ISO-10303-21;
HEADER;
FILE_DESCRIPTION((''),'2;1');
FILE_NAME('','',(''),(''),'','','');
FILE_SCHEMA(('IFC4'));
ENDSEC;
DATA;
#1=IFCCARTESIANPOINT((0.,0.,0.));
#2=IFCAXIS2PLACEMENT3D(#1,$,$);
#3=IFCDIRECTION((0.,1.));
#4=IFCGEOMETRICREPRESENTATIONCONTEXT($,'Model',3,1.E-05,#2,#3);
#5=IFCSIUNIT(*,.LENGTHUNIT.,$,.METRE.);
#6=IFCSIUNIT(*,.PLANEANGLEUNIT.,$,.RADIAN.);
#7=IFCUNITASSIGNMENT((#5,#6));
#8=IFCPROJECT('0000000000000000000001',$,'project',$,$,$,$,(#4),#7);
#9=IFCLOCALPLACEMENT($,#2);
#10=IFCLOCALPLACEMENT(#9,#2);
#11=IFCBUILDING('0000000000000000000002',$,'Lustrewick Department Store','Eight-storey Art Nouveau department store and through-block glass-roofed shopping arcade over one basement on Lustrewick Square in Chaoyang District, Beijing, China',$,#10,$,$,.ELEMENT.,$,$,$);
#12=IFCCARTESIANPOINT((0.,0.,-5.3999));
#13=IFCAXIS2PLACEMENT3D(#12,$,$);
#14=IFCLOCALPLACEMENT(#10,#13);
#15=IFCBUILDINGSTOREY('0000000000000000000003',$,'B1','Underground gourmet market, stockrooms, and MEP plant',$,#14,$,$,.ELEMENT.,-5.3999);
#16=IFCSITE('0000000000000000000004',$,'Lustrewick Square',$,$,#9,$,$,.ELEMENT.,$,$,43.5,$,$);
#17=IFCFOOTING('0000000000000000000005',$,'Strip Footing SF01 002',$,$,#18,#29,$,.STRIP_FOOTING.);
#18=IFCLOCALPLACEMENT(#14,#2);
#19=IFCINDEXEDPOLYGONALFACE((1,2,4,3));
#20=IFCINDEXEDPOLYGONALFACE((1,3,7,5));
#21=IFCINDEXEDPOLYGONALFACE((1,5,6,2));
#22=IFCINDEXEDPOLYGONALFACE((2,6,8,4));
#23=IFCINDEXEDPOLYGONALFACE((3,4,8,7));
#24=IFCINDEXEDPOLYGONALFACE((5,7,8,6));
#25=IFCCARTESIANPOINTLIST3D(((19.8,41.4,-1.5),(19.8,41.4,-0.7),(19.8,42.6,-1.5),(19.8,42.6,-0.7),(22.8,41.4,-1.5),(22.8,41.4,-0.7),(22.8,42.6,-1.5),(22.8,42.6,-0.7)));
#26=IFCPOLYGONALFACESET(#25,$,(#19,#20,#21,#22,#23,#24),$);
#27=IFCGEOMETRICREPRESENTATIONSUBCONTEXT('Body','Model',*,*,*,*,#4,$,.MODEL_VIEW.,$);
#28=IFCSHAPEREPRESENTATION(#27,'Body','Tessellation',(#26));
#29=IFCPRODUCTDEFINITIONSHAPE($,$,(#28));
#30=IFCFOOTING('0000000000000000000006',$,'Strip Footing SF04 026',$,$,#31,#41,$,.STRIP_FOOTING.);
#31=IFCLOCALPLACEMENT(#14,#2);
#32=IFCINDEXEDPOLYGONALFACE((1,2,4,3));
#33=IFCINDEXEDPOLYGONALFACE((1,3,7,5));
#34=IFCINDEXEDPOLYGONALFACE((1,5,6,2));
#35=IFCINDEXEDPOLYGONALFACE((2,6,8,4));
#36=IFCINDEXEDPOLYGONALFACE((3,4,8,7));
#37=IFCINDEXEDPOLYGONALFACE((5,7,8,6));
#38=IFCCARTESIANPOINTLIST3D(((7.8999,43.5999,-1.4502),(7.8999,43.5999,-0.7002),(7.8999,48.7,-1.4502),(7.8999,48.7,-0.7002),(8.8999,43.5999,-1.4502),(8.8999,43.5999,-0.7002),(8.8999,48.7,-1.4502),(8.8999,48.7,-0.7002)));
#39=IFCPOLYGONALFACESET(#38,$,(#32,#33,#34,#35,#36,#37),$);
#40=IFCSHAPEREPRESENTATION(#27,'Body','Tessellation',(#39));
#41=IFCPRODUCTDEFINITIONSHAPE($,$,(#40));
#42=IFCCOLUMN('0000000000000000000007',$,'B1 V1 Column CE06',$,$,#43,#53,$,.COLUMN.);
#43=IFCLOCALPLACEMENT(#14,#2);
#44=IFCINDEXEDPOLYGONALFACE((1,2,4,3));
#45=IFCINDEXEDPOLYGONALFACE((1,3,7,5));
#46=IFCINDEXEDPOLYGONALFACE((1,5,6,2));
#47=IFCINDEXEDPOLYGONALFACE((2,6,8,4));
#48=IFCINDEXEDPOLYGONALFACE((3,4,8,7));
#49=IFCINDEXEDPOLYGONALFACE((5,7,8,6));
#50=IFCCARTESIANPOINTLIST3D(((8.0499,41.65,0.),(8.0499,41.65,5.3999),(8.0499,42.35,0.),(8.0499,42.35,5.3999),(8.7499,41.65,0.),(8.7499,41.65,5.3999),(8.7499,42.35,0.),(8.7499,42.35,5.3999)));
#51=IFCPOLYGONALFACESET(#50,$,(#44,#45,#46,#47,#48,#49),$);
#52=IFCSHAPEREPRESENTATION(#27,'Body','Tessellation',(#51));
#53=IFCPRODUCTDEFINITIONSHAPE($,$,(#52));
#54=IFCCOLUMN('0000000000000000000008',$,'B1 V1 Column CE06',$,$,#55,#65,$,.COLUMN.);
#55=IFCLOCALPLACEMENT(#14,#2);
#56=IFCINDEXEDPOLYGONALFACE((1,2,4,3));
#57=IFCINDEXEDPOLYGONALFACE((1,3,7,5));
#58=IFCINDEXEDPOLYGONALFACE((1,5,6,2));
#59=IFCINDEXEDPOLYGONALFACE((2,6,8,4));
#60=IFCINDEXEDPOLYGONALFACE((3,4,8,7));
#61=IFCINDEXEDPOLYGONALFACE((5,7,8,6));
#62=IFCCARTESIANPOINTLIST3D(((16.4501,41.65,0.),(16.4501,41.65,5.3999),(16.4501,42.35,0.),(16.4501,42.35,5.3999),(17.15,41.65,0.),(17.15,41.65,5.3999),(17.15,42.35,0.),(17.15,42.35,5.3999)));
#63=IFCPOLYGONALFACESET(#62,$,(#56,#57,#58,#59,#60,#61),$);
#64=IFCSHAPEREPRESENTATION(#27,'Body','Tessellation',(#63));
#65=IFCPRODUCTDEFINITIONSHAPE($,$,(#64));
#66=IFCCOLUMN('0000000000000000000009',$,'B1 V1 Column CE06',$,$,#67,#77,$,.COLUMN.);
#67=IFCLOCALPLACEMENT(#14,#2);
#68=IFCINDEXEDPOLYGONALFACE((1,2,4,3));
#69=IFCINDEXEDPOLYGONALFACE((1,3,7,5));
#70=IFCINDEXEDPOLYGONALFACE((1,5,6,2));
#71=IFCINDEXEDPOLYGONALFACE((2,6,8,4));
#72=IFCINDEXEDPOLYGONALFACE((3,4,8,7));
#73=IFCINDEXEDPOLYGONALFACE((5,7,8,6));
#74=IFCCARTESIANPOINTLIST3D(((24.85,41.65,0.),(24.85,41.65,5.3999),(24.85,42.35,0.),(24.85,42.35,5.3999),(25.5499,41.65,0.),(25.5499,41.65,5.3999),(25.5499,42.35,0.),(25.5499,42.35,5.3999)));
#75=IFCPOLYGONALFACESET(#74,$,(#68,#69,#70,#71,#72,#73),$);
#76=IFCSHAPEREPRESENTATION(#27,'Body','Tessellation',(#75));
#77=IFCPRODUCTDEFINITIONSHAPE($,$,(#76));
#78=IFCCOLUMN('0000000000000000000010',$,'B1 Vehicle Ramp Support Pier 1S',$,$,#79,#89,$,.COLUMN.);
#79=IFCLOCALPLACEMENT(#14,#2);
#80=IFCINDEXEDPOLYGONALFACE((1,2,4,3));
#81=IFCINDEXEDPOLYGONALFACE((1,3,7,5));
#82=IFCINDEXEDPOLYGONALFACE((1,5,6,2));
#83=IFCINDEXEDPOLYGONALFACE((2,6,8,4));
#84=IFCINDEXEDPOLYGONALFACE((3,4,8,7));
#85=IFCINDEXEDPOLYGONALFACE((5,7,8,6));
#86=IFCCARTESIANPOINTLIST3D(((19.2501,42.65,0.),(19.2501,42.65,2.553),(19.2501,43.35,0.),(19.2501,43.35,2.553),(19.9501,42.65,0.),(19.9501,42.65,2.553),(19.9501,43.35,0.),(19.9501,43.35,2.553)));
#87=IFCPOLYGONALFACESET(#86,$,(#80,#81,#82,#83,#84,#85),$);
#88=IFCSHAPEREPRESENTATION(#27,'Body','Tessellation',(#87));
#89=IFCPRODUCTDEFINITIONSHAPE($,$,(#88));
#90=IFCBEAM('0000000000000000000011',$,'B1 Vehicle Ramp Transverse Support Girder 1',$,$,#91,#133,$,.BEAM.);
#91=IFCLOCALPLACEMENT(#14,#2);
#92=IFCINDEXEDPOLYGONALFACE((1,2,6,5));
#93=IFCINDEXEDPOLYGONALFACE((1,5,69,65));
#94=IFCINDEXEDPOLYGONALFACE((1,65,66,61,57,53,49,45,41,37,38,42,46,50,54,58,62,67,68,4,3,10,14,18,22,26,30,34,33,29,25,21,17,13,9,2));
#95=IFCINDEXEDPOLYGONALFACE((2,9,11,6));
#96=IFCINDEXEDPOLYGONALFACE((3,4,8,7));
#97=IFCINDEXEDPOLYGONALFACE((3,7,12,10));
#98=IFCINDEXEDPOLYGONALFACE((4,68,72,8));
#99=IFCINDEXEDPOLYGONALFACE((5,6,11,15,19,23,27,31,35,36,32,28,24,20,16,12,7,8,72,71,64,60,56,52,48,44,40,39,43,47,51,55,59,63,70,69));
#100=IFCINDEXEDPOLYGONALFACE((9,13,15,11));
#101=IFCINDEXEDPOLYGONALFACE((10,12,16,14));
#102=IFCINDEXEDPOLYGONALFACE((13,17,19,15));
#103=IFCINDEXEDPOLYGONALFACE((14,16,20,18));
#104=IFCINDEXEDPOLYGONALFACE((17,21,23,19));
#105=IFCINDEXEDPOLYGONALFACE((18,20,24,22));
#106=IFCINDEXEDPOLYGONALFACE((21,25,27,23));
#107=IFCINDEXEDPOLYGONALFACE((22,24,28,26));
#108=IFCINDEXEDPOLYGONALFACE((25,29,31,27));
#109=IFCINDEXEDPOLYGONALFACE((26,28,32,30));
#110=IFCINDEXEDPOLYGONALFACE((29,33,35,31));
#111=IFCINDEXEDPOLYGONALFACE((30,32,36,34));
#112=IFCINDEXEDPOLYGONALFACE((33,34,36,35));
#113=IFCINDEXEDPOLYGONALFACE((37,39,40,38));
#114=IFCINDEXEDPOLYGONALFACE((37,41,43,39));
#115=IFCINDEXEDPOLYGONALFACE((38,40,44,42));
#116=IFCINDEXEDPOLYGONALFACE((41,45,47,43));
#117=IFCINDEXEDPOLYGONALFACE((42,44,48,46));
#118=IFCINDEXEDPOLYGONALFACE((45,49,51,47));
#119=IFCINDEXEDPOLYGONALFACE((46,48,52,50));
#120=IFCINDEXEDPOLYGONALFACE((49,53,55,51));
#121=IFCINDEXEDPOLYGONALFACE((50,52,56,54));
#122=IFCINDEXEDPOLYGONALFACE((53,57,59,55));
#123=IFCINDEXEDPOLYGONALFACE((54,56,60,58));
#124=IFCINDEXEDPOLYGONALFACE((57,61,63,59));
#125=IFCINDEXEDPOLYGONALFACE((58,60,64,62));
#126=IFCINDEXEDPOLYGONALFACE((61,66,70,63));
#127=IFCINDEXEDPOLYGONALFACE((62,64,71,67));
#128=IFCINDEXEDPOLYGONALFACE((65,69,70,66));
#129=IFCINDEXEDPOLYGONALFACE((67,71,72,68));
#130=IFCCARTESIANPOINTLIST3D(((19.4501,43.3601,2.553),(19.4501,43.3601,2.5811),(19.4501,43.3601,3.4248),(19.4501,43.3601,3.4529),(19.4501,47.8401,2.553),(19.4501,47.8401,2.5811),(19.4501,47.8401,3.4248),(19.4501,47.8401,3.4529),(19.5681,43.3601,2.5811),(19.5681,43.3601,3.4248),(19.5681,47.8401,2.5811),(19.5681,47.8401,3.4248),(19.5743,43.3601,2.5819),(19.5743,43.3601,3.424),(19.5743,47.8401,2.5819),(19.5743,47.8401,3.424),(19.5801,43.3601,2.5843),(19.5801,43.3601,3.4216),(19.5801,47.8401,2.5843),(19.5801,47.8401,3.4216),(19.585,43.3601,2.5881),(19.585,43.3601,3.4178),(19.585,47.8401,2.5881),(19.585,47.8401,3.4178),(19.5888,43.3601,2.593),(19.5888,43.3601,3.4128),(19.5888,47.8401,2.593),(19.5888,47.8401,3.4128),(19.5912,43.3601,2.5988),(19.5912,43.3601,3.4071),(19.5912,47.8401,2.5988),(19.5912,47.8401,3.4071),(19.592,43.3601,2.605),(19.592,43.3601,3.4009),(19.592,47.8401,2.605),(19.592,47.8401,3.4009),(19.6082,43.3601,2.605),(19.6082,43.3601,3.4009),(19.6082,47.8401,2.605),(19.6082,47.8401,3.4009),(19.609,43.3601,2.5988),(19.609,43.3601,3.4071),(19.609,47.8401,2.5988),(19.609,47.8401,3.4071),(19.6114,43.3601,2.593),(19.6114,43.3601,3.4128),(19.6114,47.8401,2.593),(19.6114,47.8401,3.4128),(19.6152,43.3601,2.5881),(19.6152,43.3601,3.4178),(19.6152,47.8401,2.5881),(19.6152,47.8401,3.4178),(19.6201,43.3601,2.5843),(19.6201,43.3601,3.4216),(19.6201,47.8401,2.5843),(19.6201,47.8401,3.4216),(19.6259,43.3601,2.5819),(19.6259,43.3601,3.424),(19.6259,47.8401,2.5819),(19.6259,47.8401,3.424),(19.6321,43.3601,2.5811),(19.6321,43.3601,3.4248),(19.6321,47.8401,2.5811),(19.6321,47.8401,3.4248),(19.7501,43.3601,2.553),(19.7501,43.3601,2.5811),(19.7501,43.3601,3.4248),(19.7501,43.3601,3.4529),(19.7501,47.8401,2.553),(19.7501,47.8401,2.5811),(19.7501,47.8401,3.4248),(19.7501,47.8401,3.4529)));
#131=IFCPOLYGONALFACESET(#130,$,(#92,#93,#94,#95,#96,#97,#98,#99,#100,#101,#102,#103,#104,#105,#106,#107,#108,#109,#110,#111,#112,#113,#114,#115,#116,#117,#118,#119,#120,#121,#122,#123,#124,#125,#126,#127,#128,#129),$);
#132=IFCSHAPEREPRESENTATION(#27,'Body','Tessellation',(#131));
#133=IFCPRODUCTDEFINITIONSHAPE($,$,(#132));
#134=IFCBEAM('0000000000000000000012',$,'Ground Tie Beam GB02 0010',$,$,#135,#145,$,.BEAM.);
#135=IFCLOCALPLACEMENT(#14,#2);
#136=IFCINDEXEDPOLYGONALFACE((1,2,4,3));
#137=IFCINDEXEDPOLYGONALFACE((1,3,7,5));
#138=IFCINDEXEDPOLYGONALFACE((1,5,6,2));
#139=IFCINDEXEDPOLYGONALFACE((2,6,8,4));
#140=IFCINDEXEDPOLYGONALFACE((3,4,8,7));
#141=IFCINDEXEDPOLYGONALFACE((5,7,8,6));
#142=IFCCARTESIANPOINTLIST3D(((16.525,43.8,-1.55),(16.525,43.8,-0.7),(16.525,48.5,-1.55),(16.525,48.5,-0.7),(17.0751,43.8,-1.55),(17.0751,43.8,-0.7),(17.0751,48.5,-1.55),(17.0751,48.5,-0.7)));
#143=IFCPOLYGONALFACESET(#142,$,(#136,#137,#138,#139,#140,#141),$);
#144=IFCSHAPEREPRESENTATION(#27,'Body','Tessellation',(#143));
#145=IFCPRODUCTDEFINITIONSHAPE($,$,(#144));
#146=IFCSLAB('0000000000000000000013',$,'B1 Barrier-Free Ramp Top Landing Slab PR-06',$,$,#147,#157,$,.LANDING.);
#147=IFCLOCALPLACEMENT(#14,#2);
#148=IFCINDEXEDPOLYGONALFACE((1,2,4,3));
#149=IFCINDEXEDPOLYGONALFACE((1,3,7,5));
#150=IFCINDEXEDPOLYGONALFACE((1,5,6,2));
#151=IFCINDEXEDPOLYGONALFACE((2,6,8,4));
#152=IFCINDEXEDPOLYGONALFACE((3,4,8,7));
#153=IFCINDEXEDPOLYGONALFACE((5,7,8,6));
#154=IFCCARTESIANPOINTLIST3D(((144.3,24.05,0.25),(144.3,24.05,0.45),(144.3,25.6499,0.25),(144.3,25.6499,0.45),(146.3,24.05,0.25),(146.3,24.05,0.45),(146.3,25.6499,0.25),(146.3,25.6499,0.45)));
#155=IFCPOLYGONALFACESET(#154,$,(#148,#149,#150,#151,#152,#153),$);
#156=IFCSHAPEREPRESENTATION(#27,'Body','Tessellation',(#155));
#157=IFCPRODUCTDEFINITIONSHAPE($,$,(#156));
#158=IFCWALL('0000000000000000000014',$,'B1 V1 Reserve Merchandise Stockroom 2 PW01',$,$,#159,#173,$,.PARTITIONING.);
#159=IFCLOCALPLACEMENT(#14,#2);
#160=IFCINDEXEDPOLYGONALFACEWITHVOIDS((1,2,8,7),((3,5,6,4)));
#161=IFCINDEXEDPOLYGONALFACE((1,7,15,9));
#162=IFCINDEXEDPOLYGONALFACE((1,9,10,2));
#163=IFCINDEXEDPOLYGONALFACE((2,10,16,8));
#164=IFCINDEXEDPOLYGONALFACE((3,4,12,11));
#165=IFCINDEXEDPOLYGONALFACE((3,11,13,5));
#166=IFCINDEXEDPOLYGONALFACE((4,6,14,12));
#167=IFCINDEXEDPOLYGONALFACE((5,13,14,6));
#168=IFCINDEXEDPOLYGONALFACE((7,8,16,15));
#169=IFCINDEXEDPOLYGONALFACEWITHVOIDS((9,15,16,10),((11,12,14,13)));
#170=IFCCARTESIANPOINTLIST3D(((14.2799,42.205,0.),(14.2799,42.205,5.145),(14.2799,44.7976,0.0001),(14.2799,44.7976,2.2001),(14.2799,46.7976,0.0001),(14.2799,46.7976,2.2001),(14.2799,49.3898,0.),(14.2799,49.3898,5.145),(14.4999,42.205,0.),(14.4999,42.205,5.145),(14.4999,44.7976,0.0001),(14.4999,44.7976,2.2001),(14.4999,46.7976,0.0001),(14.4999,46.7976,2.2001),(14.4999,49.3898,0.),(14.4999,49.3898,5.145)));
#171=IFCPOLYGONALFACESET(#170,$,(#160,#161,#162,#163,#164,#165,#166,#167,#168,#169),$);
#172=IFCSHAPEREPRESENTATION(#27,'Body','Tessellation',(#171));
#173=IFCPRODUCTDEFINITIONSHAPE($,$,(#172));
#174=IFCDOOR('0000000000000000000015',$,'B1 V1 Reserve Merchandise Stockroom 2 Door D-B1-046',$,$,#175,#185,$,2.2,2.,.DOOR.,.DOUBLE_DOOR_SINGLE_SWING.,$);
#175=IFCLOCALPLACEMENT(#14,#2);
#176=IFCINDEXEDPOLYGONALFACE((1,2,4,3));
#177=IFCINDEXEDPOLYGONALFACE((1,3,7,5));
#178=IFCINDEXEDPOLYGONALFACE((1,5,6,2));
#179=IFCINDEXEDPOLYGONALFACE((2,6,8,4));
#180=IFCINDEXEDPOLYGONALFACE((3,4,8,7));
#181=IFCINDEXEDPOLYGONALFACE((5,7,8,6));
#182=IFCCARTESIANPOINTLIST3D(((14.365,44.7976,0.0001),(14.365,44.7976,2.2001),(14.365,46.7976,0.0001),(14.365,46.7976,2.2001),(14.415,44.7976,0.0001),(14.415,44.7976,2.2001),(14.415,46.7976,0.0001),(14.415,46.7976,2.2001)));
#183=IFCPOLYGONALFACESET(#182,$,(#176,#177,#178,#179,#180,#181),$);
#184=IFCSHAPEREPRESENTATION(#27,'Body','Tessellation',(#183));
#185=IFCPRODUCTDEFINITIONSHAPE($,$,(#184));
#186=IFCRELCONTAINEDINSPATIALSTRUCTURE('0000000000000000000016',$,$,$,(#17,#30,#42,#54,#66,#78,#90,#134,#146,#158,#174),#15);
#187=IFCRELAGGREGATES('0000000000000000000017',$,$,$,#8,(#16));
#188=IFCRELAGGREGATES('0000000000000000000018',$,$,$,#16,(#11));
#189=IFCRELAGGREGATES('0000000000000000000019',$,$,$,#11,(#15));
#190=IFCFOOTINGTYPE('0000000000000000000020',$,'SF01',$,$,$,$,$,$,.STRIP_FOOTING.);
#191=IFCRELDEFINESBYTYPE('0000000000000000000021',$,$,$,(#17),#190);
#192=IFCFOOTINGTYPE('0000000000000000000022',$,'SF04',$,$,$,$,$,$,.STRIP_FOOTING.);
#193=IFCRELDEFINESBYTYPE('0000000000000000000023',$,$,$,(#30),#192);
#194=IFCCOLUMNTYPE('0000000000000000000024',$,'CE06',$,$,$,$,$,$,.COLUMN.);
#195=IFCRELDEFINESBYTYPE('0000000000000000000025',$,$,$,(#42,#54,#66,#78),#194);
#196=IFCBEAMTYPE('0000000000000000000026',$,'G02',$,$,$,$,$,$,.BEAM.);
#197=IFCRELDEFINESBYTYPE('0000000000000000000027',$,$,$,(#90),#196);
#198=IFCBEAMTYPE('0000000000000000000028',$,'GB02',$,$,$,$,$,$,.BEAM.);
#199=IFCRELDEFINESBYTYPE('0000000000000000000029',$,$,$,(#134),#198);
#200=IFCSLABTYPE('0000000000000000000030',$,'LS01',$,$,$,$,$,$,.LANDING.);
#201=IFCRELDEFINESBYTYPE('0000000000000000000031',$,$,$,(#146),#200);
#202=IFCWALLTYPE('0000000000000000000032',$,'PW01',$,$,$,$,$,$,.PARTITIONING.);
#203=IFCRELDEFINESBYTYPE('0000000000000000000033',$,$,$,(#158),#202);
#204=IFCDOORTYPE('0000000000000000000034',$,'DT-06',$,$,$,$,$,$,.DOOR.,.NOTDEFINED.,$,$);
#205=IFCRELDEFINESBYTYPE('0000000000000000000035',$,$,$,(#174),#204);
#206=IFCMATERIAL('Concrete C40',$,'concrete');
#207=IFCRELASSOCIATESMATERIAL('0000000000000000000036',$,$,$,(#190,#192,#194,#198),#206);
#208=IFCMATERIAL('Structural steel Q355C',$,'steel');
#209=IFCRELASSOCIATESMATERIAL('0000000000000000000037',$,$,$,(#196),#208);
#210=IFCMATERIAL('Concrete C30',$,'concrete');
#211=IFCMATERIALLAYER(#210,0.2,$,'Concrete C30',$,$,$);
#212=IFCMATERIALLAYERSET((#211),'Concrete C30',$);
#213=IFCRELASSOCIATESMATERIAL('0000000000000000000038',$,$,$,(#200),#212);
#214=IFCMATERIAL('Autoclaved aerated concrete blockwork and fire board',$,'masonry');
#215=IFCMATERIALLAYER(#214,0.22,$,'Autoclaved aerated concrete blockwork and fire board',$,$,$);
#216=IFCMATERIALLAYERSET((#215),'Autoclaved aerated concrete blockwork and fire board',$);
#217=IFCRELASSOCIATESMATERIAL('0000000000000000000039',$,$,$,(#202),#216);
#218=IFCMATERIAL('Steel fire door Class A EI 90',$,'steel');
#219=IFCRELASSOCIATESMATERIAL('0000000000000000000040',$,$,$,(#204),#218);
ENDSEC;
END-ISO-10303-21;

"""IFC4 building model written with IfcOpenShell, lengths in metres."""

from ifc_helpers import new_model, si_unit, direction, frame, frame_2d, origin, origin_2d, place, context, subcontext, project, spatial, polyline, rectangle, i_section, outline, extrude, material, layer, layer_set, material_profile, profile_set, type_object, element, fill, save


model = new_model("IFC4")

# Units and contexts
model_context = context("Model", 3, precision=1e-05, world=origin(), true_north=direction((0.0, 1.0)))
body_context = subcontext(model_context, "Body", "Model", "MODEL_VIEW")
ifc_project = project(units=[si_unit("LENGTHUNIT", "METRE"), si_unit("PLANEANGLEUNIT", "RADIAN")], contexts=[model_context])

# Site, building, storey
site_placement = place(None, origin())
site = spatial("IfcSite", under=ifc_project, at=site_placement, Name="Lustrewick Square", CompositionType="ELEMENT", RefElevation=43.5)
building_placement = place(site_placement, origin())
building = spatial("IfcBuilding", under=site, at=building_placement, Name="Lustrewick Department Store", Description="Eight-storey Art Nouveau department store and through-block glass-roofed shopping arcade over one basement on Lustrewick Square in Chaoyang District, Beijing, China", CompositionType="ELEMENT")
storey_placement = place(building_placement, frame((0.0, 0.0, -5.3999)))
storey = spatial("IfcBuildingStorey", under=building, at=storey_placement, Name="B1", Description="Underground gourmet market, stockrooms, and MEP plant", CompositionType="ELEMENT", Elevation=-5.3999)

# Shared definitions
ifc_material_1 = material(Name="Concrete C40", Category="concrete")

# Footings
footing_type_1 = type_object("IfcFootingType", Name="SF01", PredefinedType="STRIP_FOOTING", material=ifc_material_1)
footing_1_placement = place(storey_placement, frame((21.3, 42.0, -1.5), z_axis=(0.0, 0.0, 1.0), x_axis=(1.0, 0.0, 0.0)))
element("IfcFooting", 1, at=footing_1_placement, inside=storey, type_object=footing_type_1, Name="Strip Footing SF01 002", PredefinedType="STRIP_FOOTING", context=body_context, shape_type="SweptSolid", body=[
    extrude(rectangle(XDim=3.0, YDim=1.2, at=origin_2d()), origin(), (0.0, 0.0, 1.0), 0.8),
])
footing_type_2 = type_object("IfcFootingType", Name="SF04", PredefinedType="STRIP_FOOTING", material=ifc_material_1)
footing_2_placement = place(storey_placement, frame((8.3999, 46.1499, -1.4502), z_axis=(0.0, 0.0, 1.0), x_axis=(0.0, 1.0, 0.0)))
element("IfcFooting", 2, at=footing_2_placement, inside=storey, type_object=footing_type_2, Name="Strip Footing SF04 026", PredefinedType="STRIP_FOOTING", context=body_context, shape_type="SweptSolid", body=[
    extrude(rectangle(XDim=5.1001, YDim=1.0, at=origin_2d()), origin(), (0.0, 0.0, 1.0), 0.75),
])

# Columns
ifc_material_profile_1 = material_profile(ifc_material_1, rectangle(XDim=0.7, YDim=0.7, at=origin_2d()), Name="RC 700x700")
ifc_profile_set_1 = profile_set([ifc_material_profile_1], Name="Concrete C40")
column_type = type_object("IfcColumnType", Name="CE06", PredefinedType="COLUMN", material=ifc_profile_set_1)
for number, where, z_axis, x_axis, name in (
    (3, (8.3999, 42.0, 0.0), (0.0, 0.0, 1.0), (1.0, 0.0, 0.0), "B1 V1 Column CE06"),
    (4, (16.8, 42.0, 0.0), (0.0, 0.0, 1.0), (1.0, 0.0, 0.0), "B1 V1 Column CE06"),
    (5, (25.2, 42.0, 0.0), (0.0, 0.0, 1.0), (1.0, 0.0, 0.0), "B1 V1 Column CE06"),
):
    element("IfcColumn", number, at=place(storey_placement, frame(where, z_axis=z_axis, x_axis=x_axis)), inside=storey, type_object=column_type, Name=name, PredefinedType="COLUMN", context=body_context, shape_type="SweptSolid", body=[
        extrude(rectangle(XDim=0.7, YDim=0.7, at=origin_2d()), origin(), (0.0, 0.0, 1.0), 5.3999),
    ])
column_placement = place(storey_placement, frame((19.6001, 43.0, 0.0), z_axis=(0.0, 0.0, 1.0), x_axis=(1.0, 0.0, 0.0)))
element("IfcColumn", 6, at=column_placement, inside=storey, type_object=column_type, Name="B1 Vehicle Ramp Support Pier 1S", PredefinedType="COLUMN", context=body_context, shape_type="SweptSolid", body=[
    extrude(rectangle(XDim=0.7, YDim=0.7, at=origin_2d()), origin(), (0.0, 0.0, 1.0), 2.553),
])

# Beams
ifc_material_2 = material(Name="Structural steel Q355C", Category="steel")
ifc_material_profile_2 = material_profile(ifc_material_2, i_section(OverallWidth=0.3, OverallDepth=0.8999, WebThickness=0.0161, FlangeThickness=0.0281, FilletRadius=0.0239, at=origin_2d()), Name="HN 900x300x16x28")
ifc_profile_set_2 = profile_set([ifc_material_profile_2], Name="Structural steel Q355C")
beam_type_1 = type_object("IfcBeamType", Name="G02", PredefinedType="BEAM", material=ifc_profile_set_2)
beam_1_placement = place(storey_placement, frame((19.6001, 43.3601, 3.0029), z_axis=(0.0, 1.0, 0.0), x_axis=(-1.0, 0.0, 0.0)))
element("IfcBeam", 7, at=beam_1_placement, inside=storey, type_object=beam_type_1, Name="B1 Vehicle Ramp Transverse Support Girder 1", PredefinedType="BEAM", context=body_context, shape_type="SweptSolid", body=[
    extrude(i_section(OverallWidth=0.3, OverallDepth=0.8999, WebThickness=0.0161, FlangeThickness=0.0281, FilletRadius=0.0239, at=origin_2d()), origin(), (0.0, 0.0, 1.0), 4.48),
])
ifc_material_profile_3 = material_profile(ifc_material_1, rectangle(XDim=0.55, YDim=0.8501, at=origin_2d()), Name="RC 550x850")
ifc_profile_set_3 = profile_set([ifc_material_profile_3], Name="Concrete C40")
beam_type_2 = type_object("IfcBeamType", Name="GB02", PredefinedType="BEAM", material=ifc_profile_set_3)
beam_2_placement = place(storey_placement, frame((16.8, 43.8, -1.125), z_axis=(0.0, 1.0, 0.0), x_axis=(-1.0, 0.0, 0.0)))
element("IfcBeam", 8, at=beam_2_placement, inside=storey, type_object=beam_type_2, Name="Ground Tie Beam GB02 0010", PredefinedType="BEAM", context=body_context, shape_type="SweptSolid", body=[
    extrude(rectangle(XDim=0.55, YDim=0.8501, at=origin_2d()), origin(), (0.0, 0.0, 1.0), 4.7),
])

# Slab
ifc_material_3 = material(Name="Concrete C30", Category="concrete")
ifc_layer_1 = layer(ifc_material_3, 0.2, Name="Concrete C30")
ifc_layer_set_1 = layer_set([ifc_layer_1], Name="Concrete C30")
slab_type = type_object("IfcSlabType", Name="LS01", PredefinedType="LANDING", material=ifc_layer_set_1)
slab_placement = place(storey_placement, frame((0.0, 0.0, 0.25)))
element("IfcSlab", 9, at=slab_placement, inside=storey, type_object=slab_type, Name="B1 Barrier-Free Ramp Top Landing Slab PR-06", PredefinedType="LANDING", context=body_context, shape_type="SweptSolid", body=[
    extrude(outline(polyline([(146.3, 24.05), (146.3, 25.6499), (144.3, 25.6499), (144.3, 24.05), (146.3, 24.05)])), origin(), (0.0, 0.0, 1.0), 0.2),
])

# Wall, opening, door
ifc_material_4 = material(Name="Autoclaved aerated concrete blockwork and fire board", Category="masonry")
ifc_layer_2 = layer(ifc_material_4, 0.22, Name="Autoclaved aerated concrete blockwork and fire board")
ifc_layer_set_2 = layer_set([ifc_layer_2], Name="Autoclaved aerated concrete blockwork and fire board")
wall_type_1 = type_object("IfcWallType", Name="PW01", PredefinedType="PARTITIONING", material=ifc_layer_set_2)
wall_1_placement = place(storey_placement, frame((14.3899, 42.2051, 0.0), z_axis=(0.0, 0.0, 1.0), x_axis=(0.0, 1.0, 0.0)))
wall_1 = element("IfcWall", 10, at=wall_1_placement, inside=storey, type_object=wall_type_1, Name="B1 V1 Reserve Merchandise Stockroom 2 PW01", PredefinedType="PARTITIONING", context=body_context, shape_type="SweptSolid", body=[
    extrude(rectangle(XDim=7.1848, YDim=0.22, at=frame_2d((3.5923, 0.0))), origin(), (0.0, 0.0, 1.0), 5.145),
])
opening_placement = place(wall_1_placement, frame((2.5925, 0.0, 0.0)))
opening = element("IfcOpeningElement", 11, at=opening_placement, cuts=wall_1, PredefinedType="OPENING", context=body_context, shape_type="SweptSolid", body=[
    extrude(rectangle(XDim=2.0, YDim=2.2, at=frame_2d((1.0, 1.1001))), frame((0.0, 0.1201, 0.0), z_axis=(0.0, -1.0, 0.0), x_axis=(1.0, 0.0, 0.0)), (0.0, 0.0, 1.0), 0.24),
])
ifc_material_5 = material(Name="Steel fire door Class A EI 90", Category="steel")
door_type = type_object("IfcDoorType", Name="DT-06", OperationType="NOTDEFINED", PredefinedType="DOOR", material=ifc_material_5)
door_placement = place(opening_placement, origin())
door = element("IfcDoor", 12, at=door_placement, inside=storey, type_object=door_type, Name="B1 V1 Reserve Merchandise Stockroom 2 Door D-B1-046", OperationType="DOUBLE_DOOR_SINGLE_SWING", OverallHeight=2.2, OverallWidth=2.0, PredefinedType="DOOR", context=body_context, shape_type="SweptSolid", body=[
    extrude(rectangle(XDim=2.0, YDim=2.2, at=frame_2d((1.0, 1.1001))), frame((0.0, 0.0249, 0.0), z_axis=(0.0, -1.0, 0.0), x_axis=(1.0, 0.0, 0.0)), (0.0, 0.0, 1.0), 0.05),
])
fill(opening, door)

save(model, "model.ifc")
